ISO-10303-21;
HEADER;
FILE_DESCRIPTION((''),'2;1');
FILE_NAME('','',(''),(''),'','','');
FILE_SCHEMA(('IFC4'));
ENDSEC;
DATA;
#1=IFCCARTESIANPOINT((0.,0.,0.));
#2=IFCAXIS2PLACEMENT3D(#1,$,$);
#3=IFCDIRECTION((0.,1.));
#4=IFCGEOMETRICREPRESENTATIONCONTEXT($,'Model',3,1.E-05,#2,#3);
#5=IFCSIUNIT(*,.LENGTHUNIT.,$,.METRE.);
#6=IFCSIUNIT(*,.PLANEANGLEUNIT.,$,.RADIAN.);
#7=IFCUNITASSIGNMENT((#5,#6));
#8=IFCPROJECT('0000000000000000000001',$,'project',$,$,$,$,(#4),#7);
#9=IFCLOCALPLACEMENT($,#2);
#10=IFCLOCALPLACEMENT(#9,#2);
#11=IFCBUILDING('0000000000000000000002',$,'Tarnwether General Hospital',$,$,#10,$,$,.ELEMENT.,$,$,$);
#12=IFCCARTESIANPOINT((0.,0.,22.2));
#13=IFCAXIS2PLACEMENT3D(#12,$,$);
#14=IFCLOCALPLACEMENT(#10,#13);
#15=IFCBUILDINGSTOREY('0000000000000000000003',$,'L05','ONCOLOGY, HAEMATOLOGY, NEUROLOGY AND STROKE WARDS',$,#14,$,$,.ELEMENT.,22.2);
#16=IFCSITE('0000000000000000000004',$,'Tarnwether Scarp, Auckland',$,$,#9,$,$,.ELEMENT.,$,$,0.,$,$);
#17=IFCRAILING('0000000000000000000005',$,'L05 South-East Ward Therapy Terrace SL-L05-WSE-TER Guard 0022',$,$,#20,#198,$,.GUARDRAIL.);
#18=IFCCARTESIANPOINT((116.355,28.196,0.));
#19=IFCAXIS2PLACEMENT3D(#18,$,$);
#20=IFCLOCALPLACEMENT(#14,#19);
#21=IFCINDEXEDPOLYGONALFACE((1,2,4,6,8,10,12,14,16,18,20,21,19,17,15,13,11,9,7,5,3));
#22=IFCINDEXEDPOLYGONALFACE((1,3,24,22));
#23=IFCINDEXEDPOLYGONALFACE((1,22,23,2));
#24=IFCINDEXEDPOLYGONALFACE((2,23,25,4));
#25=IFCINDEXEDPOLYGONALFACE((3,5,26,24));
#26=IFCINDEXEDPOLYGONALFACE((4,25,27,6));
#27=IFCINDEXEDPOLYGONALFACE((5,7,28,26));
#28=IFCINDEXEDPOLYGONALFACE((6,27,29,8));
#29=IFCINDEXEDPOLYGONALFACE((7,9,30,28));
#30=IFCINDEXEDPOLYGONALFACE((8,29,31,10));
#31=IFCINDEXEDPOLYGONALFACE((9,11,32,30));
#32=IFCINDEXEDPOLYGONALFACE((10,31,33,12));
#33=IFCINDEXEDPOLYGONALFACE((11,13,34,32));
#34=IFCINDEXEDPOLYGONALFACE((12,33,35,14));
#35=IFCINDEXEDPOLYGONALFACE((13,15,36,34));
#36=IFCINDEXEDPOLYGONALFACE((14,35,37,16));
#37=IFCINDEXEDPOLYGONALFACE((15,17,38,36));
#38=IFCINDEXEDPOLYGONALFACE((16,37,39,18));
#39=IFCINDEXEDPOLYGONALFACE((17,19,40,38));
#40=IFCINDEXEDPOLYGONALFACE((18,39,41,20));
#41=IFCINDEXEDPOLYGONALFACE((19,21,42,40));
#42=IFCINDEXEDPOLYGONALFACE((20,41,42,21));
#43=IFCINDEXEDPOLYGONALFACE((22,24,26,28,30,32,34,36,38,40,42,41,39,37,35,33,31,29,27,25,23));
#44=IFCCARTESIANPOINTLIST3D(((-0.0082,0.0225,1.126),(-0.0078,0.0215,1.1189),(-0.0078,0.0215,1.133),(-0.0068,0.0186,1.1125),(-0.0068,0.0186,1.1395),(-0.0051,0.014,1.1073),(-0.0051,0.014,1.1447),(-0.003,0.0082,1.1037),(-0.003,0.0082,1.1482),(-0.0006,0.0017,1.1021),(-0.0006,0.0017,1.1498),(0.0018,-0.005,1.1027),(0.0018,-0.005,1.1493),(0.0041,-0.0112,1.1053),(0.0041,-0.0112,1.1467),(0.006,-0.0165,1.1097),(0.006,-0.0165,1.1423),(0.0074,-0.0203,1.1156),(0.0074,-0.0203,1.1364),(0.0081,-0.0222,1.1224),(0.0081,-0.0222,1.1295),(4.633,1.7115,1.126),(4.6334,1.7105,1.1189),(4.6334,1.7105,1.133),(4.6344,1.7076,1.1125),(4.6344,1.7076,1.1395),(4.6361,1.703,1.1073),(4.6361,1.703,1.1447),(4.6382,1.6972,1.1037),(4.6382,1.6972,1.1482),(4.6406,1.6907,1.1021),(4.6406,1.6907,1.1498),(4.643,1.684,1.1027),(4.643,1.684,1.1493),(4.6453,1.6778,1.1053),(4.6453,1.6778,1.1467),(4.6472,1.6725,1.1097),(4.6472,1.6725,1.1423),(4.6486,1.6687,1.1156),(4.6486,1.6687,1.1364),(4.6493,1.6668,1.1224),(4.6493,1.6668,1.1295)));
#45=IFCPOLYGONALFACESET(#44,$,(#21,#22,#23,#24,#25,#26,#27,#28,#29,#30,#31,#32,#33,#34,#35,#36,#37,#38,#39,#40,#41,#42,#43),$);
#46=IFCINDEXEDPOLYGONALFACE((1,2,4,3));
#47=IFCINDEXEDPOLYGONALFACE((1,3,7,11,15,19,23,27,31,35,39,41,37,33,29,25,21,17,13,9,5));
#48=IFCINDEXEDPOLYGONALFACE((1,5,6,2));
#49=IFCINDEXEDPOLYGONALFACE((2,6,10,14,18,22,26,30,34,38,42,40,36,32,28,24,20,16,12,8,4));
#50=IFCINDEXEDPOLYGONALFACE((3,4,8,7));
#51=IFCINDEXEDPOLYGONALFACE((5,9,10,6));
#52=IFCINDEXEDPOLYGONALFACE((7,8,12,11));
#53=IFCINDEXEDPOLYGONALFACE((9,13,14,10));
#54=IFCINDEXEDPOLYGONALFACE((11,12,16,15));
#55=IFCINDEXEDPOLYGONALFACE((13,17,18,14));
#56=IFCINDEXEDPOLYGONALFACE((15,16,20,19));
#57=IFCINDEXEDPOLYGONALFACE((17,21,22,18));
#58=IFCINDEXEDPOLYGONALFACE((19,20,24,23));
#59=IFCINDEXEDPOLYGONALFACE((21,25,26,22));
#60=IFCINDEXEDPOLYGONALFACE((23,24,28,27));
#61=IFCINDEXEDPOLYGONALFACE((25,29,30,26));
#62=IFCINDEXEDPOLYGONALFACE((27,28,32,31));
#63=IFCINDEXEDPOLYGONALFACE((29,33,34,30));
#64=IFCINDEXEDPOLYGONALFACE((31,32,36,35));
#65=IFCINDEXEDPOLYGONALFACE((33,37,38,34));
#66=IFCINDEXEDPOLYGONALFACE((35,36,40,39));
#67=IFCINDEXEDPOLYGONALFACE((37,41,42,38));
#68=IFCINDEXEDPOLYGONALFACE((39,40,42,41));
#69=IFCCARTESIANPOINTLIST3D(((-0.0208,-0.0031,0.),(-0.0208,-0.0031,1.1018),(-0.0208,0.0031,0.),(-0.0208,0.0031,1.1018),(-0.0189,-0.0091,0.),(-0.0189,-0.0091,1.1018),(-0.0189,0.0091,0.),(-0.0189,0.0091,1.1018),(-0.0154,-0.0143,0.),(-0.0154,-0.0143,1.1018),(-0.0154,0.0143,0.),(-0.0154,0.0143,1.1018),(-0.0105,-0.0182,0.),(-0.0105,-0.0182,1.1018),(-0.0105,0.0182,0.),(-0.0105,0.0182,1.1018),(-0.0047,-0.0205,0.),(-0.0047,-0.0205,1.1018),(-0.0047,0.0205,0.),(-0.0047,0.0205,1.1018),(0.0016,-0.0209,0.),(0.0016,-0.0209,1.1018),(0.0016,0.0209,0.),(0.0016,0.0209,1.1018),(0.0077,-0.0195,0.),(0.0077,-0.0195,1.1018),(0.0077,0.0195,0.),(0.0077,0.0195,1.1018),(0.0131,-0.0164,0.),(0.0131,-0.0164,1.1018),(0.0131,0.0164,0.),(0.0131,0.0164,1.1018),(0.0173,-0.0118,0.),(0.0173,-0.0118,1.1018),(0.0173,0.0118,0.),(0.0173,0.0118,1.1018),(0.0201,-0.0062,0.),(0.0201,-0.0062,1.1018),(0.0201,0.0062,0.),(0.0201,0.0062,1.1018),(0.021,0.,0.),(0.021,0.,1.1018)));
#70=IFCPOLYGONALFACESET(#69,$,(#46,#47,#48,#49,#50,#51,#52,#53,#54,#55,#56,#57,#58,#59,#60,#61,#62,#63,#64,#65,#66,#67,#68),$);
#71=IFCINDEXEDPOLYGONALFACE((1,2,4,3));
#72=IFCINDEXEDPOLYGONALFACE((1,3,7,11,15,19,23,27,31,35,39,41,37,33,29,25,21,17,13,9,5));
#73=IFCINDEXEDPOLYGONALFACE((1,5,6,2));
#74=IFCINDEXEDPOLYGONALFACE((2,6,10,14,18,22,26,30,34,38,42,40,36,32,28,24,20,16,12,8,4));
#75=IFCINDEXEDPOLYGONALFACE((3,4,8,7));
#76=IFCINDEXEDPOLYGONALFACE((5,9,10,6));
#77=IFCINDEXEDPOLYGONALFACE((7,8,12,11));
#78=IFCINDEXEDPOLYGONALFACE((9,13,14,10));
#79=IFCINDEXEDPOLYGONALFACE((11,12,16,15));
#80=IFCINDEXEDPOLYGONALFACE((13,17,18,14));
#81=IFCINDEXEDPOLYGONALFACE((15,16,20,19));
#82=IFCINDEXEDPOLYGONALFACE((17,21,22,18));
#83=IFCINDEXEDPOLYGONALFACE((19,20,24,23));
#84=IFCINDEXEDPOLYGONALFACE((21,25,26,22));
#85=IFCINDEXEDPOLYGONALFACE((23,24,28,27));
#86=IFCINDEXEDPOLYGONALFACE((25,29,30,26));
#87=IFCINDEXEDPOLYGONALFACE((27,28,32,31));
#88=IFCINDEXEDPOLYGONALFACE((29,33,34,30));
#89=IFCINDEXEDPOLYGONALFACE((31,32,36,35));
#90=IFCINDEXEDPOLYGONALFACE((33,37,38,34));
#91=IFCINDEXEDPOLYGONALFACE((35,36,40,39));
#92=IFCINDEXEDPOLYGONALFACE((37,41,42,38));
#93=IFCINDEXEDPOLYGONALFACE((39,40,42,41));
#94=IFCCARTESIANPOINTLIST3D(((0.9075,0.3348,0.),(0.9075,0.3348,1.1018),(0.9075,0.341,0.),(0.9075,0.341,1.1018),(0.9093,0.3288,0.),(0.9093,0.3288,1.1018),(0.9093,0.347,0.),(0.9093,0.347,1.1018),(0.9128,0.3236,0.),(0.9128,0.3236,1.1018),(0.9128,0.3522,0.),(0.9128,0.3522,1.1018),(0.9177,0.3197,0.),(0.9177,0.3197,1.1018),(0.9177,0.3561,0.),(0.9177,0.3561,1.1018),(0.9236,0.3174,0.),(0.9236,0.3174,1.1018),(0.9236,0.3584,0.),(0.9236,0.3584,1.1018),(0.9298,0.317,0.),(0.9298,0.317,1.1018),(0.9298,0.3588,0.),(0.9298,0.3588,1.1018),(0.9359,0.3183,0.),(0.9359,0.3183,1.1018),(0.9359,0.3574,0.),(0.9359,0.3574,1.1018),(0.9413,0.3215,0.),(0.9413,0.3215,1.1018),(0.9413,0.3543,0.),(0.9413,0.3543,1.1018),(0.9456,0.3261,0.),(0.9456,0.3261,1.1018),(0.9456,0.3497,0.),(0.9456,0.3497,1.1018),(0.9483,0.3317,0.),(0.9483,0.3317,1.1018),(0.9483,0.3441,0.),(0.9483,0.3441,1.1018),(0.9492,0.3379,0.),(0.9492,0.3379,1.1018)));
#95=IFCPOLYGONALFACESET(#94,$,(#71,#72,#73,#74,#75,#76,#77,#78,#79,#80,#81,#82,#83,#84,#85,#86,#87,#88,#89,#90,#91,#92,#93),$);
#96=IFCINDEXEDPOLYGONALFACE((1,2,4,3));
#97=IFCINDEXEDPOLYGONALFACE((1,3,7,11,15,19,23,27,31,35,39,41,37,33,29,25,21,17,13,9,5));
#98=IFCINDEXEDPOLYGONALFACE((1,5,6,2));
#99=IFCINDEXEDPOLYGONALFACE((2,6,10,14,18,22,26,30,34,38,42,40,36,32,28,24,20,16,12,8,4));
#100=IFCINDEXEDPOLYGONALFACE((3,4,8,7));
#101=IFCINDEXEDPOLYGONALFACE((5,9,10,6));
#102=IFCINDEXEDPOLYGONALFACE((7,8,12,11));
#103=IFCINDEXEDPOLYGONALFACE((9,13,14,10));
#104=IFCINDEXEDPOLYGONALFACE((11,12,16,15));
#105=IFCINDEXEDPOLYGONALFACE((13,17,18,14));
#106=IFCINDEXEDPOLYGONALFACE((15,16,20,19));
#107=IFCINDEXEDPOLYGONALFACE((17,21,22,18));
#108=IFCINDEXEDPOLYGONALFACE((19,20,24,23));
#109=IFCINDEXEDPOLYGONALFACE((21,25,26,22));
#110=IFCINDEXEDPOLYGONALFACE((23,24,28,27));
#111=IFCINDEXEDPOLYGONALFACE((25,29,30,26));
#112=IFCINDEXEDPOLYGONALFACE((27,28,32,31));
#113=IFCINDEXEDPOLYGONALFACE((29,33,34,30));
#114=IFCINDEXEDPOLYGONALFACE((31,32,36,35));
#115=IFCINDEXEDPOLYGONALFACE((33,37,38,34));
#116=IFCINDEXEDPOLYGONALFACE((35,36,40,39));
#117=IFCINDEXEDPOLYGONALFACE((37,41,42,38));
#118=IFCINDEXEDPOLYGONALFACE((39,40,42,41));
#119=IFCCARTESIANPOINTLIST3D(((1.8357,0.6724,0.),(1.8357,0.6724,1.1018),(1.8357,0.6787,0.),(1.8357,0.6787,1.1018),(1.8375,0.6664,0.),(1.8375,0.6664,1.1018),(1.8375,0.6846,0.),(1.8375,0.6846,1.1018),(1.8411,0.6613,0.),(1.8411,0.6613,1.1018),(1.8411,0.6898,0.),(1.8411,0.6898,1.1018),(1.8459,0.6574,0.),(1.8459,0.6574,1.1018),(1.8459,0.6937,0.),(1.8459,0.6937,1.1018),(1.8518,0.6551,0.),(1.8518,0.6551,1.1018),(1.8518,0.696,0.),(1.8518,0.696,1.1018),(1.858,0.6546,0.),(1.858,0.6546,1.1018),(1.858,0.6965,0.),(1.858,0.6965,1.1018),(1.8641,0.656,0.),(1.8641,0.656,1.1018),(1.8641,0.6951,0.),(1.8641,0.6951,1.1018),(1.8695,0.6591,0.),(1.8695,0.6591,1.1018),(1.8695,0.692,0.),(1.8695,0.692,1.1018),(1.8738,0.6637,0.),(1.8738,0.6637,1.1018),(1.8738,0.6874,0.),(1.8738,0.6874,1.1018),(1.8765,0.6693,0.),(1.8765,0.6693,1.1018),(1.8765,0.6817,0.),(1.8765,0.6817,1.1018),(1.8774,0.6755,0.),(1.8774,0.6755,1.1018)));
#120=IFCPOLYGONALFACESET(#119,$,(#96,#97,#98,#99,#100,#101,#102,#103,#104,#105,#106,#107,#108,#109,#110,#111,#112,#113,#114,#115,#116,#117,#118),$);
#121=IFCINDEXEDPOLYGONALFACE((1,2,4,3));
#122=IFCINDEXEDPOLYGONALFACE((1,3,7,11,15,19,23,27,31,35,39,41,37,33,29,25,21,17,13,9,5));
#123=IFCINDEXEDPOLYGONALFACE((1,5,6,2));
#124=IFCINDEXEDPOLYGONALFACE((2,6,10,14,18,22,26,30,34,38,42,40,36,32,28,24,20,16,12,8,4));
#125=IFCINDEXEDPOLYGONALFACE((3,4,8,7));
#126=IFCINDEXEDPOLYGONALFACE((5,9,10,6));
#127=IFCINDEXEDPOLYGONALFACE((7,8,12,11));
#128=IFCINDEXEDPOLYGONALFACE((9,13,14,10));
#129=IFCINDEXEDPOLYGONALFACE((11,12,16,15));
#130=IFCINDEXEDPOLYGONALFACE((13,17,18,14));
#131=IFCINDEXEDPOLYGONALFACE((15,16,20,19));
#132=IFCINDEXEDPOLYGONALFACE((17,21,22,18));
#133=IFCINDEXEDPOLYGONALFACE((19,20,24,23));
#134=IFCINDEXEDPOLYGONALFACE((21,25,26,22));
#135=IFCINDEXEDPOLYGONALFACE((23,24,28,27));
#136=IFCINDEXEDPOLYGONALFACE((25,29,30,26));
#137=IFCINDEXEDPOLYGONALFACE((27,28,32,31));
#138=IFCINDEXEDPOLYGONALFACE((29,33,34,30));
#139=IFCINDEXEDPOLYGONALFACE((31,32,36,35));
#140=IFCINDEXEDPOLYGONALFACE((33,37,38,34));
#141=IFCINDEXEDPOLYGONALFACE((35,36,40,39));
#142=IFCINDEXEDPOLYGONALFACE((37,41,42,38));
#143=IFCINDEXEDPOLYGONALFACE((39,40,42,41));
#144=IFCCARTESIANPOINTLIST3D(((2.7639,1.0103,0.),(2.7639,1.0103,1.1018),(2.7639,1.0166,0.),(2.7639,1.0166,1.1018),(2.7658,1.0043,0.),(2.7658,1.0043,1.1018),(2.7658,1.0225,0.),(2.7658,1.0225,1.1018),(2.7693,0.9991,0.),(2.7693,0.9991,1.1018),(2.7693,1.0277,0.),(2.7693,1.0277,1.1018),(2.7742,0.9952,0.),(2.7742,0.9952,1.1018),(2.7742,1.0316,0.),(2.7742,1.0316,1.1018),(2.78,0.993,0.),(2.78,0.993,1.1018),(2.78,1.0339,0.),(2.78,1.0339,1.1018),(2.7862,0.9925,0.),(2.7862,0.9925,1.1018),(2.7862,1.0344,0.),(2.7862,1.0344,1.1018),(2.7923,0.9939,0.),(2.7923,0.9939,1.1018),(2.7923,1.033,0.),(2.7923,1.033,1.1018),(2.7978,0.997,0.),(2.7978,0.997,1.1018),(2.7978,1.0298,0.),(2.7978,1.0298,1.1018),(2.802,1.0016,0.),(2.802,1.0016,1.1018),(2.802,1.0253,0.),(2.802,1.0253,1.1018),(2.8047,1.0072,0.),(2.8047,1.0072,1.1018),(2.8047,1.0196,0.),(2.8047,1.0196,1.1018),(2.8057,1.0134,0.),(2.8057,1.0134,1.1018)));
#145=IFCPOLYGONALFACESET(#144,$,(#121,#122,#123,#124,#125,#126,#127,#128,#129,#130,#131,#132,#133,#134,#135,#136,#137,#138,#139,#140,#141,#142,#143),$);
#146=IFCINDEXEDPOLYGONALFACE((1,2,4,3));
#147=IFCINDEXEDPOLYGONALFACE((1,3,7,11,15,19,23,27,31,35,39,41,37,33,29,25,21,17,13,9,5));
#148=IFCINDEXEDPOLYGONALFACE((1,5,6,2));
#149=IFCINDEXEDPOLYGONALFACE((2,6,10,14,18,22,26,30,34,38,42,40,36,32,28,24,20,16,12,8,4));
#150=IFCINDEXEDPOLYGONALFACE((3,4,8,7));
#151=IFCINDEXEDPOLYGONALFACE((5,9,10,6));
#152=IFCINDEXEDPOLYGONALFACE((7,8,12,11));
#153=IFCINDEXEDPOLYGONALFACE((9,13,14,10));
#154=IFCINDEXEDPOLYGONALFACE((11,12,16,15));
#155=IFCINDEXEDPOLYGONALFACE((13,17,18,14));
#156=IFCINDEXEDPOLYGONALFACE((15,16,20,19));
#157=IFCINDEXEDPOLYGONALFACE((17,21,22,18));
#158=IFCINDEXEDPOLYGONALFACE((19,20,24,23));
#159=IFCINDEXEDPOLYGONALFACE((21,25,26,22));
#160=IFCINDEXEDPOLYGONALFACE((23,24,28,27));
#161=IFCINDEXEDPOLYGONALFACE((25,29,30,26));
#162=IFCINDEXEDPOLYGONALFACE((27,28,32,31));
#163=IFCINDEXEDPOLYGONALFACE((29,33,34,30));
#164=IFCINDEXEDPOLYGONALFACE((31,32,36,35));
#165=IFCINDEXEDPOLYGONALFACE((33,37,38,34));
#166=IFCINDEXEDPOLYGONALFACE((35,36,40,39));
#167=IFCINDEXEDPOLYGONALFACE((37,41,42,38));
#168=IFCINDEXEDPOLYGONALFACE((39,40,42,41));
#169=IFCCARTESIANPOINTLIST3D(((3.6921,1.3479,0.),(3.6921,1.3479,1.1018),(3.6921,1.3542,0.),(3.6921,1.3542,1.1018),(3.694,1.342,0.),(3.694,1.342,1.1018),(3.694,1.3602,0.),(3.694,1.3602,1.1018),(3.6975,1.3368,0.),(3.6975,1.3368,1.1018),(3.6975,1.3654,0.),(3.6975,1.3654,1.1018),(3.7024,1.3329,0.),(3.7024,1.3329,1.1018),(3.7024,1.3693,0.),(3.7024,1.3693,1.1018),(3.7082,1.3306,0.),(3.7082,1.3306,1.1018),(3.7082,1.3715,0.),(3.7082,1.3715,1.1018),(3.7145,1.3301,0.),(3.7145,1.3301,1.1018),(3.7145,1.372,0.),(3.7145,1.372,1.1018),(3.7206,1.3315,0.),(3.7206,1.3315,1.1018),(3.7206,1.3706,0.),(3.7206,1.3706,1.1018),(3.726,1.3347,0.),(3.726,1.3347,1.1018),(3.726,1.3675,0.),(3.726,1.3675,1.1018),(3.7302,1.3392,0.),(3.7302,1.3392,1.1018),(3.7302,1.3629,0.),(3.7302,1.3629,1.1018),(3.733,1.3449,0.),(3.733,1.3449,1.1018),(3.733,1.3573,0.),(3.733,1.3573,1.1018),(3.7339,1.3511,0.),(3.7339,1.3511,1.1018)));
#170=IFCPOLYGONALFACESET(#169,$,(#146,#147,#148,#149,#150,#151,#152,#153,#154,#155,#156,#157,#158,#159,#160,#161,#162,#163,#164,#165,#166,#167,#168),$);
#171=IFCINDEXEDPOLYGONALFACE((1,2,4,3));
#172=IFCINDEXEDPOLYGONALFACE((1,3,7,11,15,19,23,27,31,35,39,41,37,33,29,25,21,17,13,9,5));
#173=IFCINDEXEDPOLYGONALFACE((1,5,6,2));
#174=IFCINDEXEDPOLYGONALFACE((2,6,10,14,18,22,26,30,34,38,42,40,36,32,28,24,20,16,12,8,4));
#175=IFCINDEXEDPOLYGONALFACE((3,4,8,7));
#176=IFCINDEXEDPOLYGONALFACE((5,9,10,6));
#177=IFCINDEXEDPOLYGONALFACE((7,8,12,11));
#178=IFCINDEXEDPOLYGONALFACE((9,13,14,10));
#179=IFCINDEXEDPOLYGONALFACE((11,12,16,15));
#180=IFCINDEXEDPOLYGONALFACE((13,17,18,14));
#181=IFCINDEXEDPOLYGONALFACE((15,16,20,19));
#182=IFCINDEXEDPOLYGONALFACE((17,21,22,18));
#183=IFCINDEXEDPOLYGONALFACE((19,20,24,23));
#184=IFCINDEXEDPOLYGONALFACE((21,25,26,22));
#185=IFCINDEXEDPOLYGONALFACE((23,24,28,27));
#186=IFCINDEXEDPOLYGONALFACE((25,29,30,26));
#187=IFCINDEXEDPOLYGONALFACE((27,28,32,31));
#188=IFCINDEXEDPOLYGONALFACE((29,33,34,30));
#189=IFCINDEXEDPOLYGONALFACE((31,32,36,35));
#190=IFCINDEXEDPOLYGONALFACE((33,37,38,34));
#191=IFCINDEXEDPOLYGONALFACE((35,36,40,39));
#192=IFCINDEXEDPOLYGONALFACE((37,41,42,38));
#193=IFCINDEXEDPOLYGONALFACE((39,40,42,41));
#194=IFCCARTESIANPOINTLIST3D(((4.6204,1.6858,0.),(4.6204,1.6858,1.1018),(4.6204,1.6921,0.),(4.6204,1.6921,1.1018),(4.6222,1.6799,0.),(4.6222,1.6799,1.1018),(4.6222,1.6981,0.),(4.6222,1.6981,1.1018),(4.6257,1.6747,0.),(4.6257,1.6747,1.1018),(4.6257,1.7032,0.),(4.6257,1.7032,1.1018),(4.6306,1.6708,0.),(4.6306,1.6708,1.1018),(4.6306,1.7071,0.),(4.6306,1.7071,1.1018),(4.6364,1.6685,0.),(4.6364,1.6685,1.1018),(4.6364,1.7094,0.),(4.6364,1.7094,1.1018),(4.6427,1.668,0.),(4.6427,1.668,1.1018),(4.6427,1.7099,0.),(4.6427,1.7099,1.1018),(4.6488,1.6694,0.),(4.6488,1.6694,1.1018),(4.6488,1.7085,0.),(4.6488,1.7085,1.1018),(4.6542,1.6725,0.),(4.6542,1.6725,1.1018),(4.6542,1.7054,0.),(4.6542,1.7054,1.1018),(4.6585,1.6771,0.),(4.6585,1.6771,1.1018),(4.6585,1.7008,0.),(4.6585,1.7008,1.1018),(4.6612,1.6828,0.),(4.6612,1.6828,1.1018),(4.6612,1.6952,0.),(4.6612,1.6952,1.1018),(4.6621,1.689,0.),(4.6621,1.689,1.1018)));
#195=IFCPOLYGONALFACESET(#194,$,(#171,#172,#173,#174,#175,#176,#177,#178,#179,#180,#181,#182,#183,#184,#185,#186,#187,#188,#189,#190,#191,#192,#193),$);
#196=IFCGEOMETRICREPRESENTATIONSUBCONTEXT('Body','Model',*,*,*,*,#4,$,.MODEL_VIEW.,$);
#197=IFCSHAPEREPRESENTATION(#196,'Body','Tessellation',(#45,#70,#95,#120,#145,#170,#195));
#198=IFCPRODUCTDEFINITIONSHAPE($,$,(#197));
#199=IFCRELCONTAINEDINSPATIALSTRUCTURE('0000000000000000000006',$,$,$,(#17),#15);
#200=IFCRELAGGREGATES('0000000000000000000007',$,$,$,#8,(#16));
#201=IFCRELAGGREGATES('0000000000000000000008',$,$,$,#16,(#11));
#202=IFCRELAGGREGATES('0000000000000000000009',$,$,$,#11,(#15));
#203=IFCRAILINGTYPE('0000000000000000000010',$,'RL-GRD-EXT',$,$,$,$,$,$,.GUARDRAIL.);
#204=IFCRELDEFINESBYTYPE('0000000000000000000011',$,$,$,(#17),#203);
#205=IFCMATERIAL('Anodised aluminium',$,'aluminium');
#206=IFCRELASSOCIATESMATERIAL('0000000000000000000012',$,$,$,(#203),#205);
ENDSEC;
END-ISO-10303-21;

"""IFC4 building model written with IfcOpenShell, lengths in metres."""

from ifc_helpers import new_model, si_unit, direction, frame, origin, origin_2d, place, context, subcontext, project, spatial, circle, extrude, material, type_object, element, save


model = new_model("IFC4")

# Units and contexts
model_context = context("Model", 3, precision=1e-05, world=origin(), true_north=direction((0.0, 1.0)))
body_context = subcontext(model_context, "Body", "Model", "MODEL_VIEW")
ifc_project = project(units=[si_unit("LENGTHUNIT", "METRE"), si_unit("PLANEANGLEUNIT", "RADIAN")], contexts=[model_context])

# Site, building, storey
site_placement = place(None, origin())
site = spatial("IfcSite", under=ifc_project, at=site_placement, Name="Tarnwether Scarp, Auckland", CompositionType="ELEMENT", RefElevation=0.0)
building_placement = place(site_placement, origin())
building = spatial("IfcBuilding", under=site, at=building_placement, Name="Tarnwether General Hospital", CompositionType="ELEMENT")
storey_placement = place(building_placement, frame((0.0, 0.0, 22.2)))
storey = spatial("IfcBuildingStorey", under=building, at=storey_placement, Name="L05", Description="ONCOLOGY, HAEMATOLOGY, NEUROLOGY AND STROKE WARDS", CompositionType="ELEMENT", Elevation=22.2)

# Railing
ifc_material_1 = material(Name="Anodised aluminium", Category="aluminium")
railing_type = type_object("IfcRailingType", Name="RL-GRD-EXT", PredefinedType="GUARDRAIL", material=ifc_material_1)
railing_1_placement = place(storey_placement, frame((116.355, 28.196, 0.0)))
element("IfcRailing", 1, at=railing_1_placement, inside=storey, type_object=railing_type, Name="L05 South-East Ward Therapy Terrace SL-L05-WSE-TER Guard 0022", PredefinedType="GUARDRAIL", context=body_context, shape_type="SweptSolid", body=[
    extrude(circle(Radius=0.0239, at=origin_2d()), frame((0.0, 0.0, 1.126), z_axis=(0.93971, 0.341973, 0.0), x_axis=(-0.341973, 0.93971, 0.0)), (0.0, 0.0, 1.0), 4.939),
    extrude(circle(Radius=0.021, at=origin_2d()), origin(), (0.0, 0.0, 1.0), 1.1018),
    extrude(circle(Radius=0.021, at=origin_2d()), frame((0.9282, 0.3379, 0.0)), (0.0, 0.0, 1.0), 1.1018),
    extrude(circle(Radius=0.021, at=origin_2d()), frame((1.8564, 0.6755, 0.0)), (0.0, 0.0, 1.0), 1.1018),
    extrude(circle(Radius=0.021, at=origin_2d()), frame((2.7847, 1.0134, 0.0)), (0.0, 0.0, 1.0), 1.1018),
    extrude(circle(Radius=0.021, at=origin_2d()), frame((3.7129, 1.3511, 0.0)), (0.0, 0.0, 1.0), 1.1018),
    extrude(circle(Radius=0.021, at=origin_2d()), frame((4.6411, 1.689, 0.0)), (0.0, 0.0, 1.0), 1.1018),
])

save(model, "model.ifc")
